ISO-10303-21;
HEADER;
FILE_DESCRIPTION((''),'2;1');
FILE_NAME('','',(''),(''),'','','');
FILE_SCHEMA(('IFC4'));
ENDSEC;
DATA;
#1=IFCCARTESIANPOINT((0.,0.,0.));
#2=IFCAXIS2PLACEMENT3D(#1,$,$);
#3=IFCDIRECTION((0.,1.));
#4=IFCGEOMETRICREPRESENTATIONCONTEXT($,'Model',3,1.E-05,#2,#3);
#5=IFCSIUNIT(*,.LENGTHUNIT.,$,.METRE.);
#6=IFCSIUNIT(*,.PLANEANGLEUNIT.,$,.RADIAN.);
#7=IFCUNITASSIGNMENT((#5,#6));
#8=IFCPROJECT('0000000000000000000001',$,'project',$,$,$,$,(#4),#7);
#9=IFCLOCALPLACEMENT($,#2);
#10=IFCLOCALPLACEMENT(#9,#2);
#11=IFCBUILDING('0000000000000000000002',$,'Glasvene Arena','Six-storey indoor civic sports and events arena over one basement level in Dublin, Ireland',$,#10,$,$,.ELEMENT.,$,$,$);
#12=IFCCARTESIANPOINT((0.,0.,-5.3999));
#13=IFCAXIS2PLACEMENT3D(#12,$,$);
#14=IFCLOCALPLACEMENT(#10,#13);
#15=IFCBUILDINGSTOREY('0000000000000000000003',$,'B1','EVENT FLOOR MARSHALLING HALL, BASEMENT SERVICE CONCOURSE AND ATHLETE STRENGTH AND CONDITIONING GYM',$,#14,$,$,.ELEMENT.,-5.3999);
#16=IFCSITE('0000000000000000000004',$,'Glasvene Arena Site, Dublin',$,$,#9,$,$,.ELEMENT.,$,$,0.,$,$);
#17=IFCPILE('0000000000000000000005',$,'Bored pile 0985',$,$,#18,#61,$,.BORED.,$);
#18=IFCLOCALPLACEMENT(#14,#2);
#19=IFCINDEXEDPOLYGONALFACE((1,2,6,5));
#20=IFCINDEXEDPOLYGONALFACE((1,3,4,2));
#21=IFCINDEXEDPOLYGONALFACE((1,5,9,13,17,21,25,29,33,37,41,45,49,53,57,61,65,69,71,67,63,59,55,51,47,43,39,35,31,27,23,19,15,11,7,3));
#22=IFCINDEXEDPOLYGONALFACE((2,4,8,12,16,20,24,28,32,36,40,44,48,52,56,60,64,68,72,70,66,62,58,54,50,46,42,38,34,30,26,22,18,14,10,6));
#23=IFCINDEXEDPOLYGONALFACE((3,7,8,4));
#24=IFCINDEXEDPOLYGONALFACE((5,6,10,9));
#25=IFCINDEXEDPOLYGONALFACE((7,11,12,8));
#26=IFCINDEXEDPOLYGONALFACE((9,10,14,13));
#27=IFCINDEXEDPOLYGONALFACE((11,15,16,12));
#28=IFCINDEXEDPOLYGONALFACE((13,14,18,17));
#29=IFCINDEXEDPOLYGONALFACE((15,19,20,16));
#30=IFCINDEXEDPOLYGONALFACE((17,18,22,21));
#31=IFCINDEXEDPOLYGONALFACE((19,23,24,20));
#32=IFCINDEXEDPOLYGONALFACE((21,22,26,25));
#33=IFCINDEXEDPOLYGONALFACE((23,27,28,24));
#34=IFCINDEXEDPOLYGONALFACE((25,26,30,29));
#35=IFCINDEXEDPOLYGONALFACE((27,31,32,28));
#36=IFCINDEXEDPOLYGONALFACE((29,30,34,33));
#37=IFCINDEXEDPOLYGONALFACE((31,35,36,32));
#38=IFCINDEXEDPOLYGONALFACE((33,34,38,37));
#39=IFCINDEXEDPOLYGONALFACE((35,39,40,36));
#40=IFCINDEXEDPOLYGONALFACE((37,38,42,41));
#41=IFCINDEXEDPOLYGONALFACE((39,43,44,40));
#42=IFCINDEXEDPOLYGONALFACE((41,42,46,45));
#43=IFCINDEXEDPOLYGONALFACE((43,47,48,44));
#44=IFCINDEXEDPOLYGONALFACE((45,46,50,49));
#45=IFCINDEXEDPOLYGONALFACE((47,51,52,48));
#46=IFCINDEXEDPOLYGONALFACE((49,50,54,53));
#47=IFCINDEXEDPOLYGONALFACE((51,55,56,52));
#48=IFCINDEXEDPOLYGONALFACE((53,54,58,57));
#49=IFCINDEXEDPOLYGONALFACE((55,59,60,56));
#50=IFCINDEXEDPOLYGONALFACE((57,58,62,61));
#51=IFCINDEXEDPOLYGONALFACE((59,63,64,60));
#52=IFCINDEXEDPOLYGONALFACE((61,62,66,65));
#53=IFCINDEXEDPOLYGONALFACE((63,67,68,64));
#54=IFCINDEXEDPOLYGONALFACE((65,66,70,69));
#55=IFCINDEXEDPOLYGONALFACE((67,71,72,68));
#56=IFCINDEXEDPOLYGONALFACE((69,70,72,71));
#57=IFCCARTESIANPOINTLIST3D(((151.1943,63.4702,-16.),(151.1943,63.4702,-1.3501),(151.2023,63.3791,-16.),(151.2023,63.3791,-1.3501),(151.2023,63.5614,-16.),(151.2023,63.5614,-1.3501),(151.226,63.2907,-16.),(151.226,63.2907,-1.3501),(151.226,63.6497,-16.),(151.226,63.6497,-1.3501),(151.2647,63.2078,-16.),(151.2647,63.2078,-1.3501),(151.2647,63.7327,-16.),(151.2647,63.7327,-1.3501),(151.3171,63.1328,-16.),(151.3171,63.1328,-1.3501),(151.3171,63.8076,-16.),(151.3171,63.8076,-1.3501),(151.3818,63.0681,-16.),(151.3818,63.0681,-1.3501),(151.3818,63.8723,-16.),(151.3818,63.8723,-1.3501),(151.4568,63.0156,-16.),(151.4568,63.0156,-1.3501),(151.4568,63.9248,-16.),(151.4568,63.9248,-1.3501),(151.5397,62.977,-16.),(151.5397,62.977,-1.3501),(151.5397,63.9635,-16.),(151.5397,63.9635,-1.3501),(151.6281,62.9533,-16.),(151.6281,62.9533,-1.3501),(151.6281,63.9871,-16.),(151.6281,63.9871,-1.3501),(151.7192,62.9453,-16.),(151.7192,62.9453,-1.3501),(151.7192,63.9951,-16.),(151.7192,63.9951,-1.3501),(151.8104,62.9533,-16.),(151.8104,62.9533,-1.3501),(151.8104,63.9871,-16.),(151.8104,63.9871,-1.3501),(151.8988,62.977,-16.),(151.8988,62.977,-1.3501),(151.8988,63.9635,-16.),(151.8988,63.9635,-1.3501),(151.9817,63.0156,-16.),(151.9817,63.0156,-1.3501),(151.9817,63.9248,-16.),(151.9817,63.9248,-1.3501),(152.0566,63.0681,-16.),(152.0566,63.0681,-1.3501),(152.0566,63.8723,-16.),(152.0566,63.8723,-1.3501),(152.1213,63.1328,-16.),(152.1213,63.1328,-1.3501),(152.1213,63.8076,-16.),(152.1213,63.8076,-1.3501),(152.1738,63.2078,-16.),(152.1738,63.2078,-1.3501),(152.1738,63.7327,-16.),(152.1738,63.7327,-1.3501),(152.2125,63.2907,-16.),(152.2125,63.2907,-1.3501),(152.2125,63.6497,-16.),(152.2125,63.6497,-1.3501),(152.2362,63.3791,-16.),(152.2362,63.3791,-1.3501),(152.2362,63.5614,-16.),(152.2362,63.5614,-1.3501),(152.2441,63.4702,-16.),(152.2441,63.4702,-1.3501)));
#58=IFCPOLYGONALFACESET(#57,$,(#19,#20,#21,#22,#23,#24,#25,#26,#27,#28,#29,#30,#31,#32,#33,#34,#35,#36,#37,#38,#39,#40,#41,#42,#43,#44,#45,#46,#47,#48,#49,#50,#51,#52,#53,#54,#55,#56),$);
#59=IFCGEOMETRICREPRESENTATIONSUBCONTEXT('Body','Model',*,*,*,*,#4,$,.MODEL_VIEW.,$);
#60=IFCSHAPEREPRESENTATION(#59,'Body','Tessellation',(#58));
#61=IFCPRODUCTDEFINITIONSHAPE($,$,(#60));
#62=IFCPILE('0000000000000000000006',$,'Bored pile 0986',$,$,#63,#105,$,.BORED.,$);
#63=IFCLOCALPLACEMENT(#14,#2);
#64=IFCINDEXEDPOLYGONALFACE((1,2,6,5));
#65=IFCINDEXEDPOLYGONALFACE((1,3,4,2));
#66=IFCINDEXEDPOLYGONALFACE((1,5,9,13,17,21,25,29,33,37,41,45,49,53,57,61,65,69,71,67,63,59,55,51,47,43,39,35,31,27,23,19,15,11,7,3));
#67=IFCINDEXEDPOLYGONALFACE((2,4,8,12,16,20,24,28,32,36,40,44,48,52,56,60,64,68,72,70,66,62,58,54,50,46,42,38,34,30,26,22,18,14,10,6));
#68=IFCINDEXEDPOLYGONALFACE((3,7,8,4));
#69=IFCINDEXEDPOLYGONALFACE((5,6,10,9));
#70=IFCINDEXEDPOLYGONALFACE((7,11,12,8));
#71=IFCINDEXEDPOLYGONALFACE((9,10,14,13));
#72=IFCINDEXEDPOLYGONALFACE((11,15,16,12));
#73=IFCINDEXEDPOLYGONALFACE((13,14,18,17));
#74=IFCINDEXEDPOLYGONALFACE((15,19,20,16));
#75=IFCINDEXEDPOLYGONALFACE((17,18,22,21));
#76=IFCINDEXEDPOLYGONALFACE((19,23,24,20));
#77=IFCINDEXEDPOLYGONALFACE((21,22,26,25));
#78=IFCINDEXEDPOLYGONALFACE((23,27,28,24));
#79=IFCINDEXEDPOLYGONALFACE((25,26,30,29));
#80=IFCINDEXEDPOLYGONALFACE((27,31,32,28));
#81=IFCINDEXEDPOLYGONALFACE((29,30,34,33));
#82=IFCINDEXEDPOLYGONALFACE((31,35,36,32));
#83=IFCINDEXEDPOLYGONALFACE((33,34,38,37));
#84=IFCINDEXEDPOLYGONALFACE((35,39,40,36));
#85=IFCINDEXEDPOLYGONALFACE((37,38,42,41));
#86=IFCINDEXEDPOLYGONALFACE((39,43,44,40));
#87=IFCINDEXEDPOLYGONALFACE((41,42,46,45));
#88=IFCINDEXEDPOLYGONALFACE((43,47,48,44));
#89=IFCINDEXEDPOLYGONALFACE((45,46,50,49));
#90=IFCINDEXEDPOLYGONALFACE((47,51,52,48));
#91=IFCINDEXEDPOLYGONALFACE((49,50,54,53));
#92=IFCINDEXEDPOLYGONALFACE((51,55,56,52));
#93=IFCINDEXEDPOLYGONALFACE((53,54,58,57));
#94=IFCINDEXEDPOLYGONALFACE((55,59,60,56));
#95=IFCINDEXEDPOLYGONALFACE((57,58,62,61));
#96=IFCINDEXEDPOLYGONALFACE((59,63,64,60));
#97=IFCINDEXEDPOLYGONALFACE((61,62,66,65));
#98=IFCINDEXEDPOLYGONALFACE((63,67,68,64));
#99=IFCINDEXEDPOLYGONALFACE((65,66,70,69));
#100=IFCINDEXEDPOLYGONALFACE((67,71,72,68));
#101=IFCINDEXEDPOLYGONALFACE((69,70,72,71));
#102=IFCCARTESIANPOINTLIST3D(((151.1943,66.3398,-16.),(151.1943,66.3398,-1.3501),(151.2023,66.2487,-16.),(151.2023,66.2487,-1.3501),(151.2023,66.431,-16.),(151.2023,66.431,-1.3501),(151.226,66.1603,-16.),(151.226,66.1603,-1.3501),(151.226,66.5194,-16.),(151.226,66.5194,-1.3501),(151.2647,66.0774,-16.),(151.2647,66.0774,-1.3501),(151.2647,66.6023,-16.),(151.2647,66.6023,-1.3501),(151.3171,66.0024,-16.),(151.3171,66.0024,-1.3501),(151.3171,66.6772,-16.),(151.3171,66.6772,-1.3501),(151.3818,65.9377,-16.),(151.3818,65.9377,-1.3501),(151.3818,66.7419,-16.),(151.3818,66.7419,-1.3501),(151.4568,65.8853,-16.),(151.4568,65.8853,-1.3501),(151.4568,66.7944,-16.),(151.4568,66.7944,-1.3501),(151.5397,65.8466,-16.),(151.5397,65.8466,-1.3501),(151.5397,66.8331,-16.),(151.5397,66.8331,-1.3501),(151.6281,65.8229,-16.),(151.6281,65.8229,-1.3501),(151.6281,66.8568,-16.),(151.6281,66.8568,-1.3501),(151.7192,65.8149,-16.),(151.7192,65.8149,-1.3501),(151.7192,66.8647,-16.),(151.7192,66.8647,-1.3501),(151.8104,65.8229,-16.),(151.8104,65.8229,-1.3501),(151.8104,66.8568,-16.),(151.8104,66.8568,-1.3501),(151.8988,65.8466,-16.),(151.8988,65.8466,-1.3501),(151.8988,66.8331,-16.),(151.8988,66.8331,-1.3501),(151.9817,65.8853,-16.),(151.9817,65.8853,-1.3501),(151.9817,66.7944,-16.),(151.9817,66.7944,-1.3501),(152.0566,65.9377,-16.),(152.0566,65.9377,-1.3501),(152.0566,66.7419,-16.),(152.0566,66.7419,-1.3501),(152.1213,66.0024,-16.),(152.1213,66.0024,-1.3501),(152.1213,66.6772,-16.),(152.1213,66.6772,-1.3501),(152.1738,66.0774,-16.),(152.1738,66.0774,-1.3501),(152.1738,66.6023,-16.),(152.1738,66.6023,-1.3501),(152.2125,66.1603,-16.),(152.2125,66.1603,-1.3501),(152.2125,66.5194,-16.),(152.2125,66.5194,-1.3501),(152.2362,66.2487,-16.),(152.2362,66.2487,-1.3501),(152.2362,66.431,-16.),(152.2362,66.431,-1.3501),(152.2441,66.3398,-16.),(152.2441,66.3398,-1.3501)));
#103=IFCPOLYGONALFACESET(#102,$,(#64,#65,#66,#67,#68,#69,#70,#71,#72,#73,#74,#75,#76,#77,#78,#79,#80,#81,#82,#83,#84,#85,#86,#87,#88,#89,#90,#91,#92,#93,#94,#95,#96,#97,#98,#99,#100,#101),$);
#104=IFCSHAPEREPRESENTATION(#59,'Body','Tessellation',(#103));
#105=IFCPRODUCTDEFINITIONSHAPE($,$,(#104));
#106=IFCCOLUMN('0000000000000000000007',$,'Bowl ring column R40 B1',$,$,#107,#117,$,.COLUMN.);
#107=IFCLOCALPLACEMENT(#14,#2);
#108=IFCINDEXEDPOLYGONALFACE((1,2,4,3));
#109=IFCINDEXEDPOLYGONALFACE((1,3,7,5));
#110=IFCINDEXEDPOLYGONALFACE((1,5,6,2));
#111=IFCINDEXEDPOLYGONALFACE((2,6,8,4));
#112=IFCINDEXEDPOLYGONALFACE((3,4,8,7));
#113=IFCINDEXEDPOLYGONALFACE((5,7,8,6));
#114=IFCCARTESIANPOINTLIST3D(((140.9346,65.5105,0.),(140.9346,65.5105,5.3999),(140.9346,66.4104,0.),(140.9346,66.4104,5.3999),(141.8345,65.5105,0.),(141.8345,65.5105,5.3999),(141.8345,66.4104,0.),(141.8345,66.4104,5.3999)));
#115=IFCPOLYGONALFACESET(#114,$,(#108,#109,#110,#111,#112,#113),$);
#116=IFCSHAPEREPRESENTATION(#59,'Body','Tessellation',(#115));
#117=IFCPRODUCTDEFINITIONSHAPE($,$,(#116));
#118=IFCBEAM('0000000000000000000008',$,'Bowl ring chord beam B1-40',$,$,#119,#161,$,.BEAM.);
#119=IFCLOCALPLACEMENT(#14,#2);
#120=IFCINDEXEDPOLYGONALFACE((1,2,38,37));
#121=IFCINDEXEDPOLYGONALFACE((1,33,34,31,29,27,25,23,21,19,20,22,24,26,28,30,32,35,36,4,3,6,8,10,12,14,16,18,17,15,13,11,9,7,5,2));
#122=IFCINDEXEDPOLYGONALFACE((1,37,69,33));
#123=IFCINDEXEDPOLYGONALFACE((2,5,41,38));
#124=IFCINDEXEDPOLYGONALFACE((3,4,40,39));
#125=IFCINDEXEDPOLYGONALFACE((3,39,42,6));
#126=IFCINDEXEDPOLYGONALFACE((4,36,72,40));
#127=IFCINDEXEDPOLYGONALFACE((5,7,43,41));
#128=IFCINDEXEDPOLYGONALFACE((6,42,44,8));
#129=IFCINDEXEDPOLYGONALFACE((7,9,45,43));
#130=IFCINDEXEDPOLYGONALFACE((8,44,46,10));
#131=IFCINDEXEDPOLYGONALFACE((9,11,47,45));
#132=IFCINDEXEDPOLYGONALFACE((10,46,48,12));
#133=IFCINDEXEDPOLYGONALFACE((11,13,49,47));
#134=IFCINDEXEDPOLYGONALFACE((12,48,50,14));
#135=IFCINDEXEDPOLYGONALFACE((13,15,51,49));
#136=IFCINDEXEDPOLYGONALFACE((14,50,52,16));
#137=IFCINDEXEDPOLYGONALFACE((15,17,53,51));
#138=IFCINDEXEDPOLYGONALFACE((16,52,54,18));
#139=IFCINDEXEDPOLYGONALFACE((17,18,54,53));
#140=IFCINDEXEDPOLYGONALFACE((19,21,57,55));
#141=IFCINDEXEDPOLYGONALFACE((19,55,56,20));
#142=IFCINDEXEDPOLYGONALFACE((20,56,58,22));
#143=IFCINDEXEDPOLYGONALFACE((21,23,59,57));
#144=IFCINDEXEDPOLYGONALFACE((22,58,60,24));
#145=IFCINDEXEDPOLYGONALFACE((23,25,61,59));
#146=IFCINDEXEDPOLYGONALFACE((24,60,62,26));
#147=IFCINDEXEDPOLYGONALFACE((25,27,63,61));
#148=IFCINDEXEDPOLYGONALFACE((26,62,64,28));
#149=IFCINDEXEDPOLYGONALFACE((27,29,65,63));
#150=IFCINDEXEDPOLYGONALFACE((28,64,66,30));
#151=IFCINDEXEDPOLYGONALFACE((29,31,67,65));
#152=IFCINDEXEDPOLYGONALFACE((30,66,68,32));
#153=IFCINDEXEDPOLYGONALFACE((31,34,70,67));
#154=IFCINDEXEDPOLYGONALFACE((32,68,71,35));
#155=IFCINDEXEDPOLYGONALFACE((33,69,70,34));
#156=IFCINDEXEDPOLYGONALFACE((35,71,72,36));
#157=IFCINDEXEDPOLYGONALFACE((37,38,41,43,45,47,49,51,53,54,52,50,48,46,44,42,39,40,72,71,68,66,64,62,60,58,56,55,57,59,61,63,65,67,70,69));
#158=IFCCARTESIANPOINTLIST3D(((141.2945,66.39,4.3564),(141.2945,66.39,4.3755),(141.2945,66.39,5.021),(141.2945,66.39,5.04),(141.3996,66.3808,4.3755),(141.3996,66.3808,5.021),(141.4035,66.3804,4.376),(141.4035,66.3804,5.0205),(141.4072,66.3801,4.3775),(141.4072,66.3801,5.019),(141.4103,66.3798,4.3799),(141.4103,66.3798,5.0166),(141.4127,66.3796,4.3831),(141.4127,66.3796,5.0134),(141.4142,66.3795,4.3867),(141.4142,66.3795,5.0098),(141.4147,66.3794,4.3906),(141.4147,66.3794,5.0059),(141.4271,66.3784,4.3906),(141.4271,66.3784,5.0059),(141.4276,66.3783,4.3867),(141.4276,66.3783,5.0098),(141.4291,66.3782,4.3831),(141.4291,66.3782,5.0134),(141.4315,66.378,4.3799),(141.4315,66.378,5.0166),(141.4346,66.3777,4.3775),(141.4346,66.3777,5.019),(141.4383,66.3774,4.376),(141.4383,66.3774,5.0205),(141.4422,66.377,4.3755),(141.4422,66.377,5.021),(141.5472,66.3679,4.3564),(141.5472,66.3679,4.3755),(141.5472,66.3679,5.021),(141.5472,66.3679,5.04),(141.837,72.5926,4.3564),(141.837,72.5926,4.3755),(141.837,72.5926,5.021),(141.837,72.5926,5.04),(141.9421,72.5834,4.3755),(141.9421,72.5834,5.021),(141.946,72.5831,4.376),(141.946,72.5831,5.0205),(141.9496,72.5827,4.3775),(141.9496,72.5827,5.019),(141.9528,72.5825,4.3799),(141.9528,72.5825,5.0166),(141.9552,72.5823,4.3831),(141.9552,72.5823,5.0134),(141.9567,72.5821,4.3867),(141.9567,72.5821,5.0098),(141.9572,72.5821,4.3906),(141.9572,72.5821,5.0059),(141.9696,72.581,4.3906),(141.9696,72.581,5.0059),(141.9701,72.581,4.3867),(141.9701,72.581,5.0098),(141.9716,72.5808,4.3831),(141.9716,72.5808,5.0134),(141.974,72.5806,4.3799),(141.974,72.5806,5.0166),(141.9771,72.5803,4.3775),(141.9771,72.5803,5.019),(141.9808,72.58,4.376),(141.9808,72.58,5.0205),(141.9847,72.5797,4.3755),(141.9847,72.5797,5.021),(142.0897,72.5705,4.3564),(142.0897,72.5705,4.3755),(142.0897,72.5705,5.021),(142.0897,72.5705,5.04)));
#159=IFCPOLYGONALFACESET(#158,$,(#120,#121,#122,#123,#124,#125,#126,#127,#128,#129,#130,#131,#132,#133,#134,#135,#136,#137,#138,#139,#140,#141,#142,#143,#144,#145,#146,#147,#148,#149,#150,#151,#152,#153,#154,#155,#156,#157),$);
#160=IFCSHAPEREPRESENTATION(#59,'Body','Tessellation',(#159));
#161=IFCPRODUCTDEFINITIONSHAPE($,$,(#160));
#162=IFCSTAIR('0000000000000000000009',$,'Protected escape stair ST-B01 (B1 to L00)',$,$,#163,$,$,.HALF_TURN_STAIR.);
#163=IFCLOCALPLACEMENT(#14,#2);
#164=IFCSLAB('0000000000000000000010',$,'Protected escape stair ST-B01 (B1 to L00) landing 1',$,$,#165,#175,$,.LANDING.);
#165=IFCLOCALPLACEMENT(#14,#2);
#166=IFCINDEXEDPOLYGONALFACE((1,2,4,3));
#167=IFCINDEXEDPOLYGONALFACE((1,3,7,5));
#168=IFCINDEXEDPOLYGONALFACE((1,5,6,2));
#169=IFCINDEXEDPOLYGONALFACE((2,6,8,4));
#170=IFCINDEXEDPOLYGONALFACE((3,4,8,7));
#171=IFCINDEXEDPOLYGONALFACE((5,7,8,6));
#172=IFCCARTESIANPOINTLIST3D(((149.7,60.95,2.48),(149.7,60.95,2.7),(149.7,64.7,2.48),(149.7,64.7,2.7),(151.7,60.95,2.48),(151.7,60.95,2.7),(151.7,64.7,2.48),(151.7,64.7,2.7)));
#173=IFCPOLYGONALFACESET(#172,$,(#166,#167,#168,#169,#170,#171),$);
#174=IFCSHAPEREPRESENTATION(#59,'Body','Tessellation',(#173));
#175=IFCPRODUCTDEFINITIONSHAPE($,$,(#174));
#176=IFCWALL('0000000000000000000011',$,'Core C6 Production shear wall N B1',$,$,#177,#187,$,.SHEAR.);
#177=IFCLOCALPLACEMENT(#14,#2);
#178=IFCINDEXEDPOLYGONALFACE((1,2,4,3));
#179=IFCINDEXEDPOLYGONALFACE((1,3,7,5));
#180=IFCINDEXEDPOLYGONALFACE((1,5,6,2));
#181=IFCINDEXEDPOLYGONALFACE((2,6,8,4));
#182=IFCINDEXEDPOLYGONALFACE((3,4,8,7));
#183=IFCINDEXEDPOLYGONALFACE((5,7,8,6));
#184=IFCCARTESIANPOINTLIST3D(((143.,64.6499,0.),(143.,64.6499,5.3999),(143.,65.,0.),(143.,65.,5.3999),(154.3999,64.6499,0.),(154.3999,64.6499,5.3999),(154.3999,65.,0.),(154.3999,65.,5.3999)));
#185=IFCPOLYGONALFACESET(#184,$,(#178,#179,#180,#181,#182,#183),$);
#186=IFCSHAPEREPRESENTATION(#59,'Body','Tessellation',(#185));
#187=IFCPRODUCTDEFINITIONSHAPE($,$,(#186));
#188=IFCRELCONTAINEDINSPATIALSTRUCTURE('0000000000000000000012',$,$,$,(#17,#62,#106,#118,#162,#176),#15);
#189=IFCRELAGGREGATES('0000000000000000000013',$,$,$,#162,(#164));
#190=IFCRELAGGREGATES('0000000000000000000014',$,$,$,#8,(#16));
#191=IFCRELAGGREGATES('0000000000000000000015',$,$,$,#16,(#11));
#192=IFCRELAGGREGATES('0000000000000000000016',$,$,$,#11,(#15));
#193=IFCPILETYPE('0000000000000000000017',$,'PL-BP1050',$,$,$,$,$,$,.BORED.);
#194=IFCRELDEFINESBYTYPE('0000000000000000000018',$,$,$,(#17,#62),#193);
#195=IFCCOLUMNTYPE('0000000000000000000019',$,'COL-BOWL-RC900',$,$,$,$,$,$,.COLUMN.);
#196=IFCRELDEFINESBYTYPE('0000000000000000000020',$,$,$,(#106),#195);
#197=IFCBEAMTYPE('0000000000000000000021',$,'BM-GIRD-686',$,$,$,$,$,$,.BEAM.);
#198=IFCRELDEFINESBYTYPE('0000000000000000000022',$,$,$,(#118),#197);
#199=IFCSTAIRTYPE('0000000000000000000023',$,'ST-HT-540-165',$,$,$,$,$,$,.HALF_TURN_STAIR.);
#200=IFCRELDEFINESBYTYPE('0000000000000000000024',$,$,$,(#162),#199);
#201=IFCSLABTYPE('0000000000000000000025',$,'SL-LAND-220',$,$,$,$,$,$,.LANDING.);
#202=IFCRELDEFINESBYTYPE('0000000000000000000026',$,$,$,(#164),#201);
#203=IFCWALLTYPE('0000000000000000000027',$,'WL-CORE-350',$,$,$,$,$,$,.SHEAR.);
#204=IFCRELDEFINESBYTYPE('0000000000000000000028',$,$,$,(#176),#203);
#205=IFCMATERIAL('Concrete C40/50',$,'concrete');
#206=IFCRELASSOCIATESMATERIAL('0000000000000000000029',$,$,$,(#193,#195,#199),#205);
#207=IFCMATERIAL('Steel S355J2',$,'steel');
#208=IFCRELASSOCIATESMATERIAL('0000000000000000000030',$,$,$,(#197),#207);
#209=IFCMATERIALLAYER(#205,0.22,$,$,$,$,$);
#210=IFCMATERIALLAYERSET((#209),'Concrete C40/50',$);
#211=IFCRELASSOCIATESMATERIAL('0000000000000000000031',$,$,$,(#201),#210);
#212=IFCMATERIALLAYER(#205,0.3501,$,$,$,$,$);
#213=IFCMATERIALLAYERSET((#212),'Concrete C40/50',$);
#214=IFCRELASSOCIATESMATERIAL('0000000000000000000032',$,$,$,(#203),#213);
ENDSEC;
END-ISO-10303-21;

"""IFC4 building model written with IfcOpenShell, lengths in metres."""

from ifc_helpers import new_model, si_unit, direction, frame, frame_2d, origin, origin_2d, place, context, subcontext, project, spatial, polyline, rectangle, circle, i_section, outline, extrude, material, layer, layer_set, material_profile, profile_set, type_object, element, aggregate, save


model = new_model("IFC4")

# Units and contexts
model_context = context("Model", 3, precision=1e-05, world=origin(), true_north=direction((0.0, 1.0)))
body_context = subcontext(model_context, "Body", "Model", "MODEL_VIEW")
ifc_project = project(units=[si_unit("LENGTHUNIT", "METRE"), si_unit("PLANEANGLEUNIT", "RADIAN")], contexts=[model_context])

# Site, building, storey
site_placement = place(None, origin())
site = spatial("IfcSite", under=ifc_project, at=site_placement, Name="Glasvene Arena Site, Dublin", CompositionType="ELEMENT", RefElevation=0.0)
building_placement = place(site_placement, origin())
building = spatial("IfcBuilding", under=site, at=building_placement, Name="Glasvene Arena", Description="Six-storey indoor civic sports and events arena over one basement level in Dublin, Ireland", CompositionType="ELEMENT")
storey_placement = place(building_placement, frame((0.0, 0.0, -5.3999)))
storey = spatial("IfcBuildingStorey", under=building, at=storey_placement, Name="B1", Description="EVENT FLOOR MARSHALLING HALL, BASEMENT SERVICE CONCOURSE AND ATHLETE STRENGTH AND CONDITIONING GYM", CompositionType="ELEMENT", Elevation=-5.3999)

# Piles
ifc_material_1 = material(Name="Concrete C40/50", Category="concrete")
ifc_material_profile_1 = material_profile(ifc_material_1, circle(Radius=0.5249, at=origin_2d()), Name="BORED PILE 1050")
ifc_profile_set_1 = profile_set([ifc_material_profile_1], Name="Concrete C40/50")
pile_type = type_object("IfcPileType", Name="PL-BP1050", PredefinedType="BORED", material=ifc_profile_set_1)
for number, where, z_axis, x_axis, name in (
    (1, (151.7192, 63.4702, -1.3501), (0.0, 0.0, -1.0), (1.0, 0.0, 0.0), "Bored pile 0985"),
    (2, (151.7192, 66.3398, -1.3501), (0.0, 0.0, -1.0), (1.0, 0.0, 0.0), "Bored pile 0986"),
):
    element("IfcPile", number, at=place(storey_placement, frame(where, z_axis=z_axis, x_axis=x_axis)), inside=storey, type_object=pile_type, Name=name, PredefinedType="BORED", context=body_context, shape_type="SweptSolid", body=[
        extrude(circle(Radius=0.5249, at=origin_2d()), origin(), (0.0, 0.0, 1.0), 14.6499),
    ])

# Column
ifc_material_profile_2 = material_profile(ifc_material_1, rectangle(XDim=0.8999, YDim=0.8999, at=origin_2d()), Name="RC 900x900")
ifc_profile_set_2 = profile_set([ifc_material_profile_2], Name="Concrete C40/50")
column_type = type_object("IfcColumnType", Name="COL-BOWL-RC900", PredefinedType="COLUMN", material=ifc_profile_set_2)
column_placement = place(storey_placement, frame((141.3845, 65.9604, 0.0), z_axis=(0.0, 0.0, 1.0), x_axis=(1.0, 0.0, 0.0)))
element("IfcColumn", 3, at=column_placement, inside=storey, type_object=column_type, Name="Bowl ring column R40 B1", PredefinedType="COLUMN", context=body_context, shape_type="SweptSolid", body=[
    extrude(rectangle(XDim=0.8999, YDim=0.8999, at=origin_2d()), origin(), (0.0, 0.0, 1.0), 5.3999),
])

# Beam
ifc_material_2 = material(Name="Steel S355J2", Category="steel")
ifc_material_profile_3 = material_profile(ifc_material_2, i_section(OverallWidth=0.2537, OverallDepth=0.6836, WebThickness=0.0125, FlangeThickness=0.019, FilletRadius=0.0151, at=origin_2d()), Name="UKB 686x254x140")
ifc_profile_set_3 = profile_set([ifc_material_profile_3], Name="Steel S355J2")
beam_type = type_object("IfcBeamType", Name="BM-GIRD-686", PredefinedType="BEAM", material=ifc_profile_set_3)
beam_placement = place(storey_placement, frame((141.4209, 66.3789, 4.6982), z_axis=(0.087127, 0.996197, 0.0), x_axis=(-0.996197, 0.087127, 0.0)))
element("IfcBeam", 4, at=beam_placement, inside=storey, type_object=beam_type, Name="Bowl ring chord beam B1-40", PredefinedType="BEAM", context=body_context, shape_type="SweptSolid", body=[
    extrude(i_section(OverallWidth=0.2537, OverallDepth=0.6836, WebThickness=0.0125, FlangeThickness=0.019, FilletRadius=0.0151, at=origin_2d()), origin(), (0.0, 0.0, 1.0), 6.2263),
])

# Stair, slab
stair_type = type_object("IfcStairType", Name="ST-HT-540-165", PredefinedType="HALF_TURN_STAIR", material=ifc_material_1)
stair_1_placement = place(storey_placement, origin())
stair_1 = element("IfcStair", 5, at=stair_1_placement, inside=storey, type_object=stair_type, Name="Protected escape stair ST-B01 (B1 to L00)", PredefinedType="HALF_TURN_STAIR")
ifc_layer_1 = layer(ifc_material_1, 0.22)
ifc_layer_set_1 = layer_set([ifc_layer_1], Name="Concrete C40/50")
slab_type = type_object("IfcSlabType", Name="SL-LAND-220", PredefinedType="LANDING", material=ifc_layer_set_1)
slab_placement = place(storey_placement, frame((150.7, 62.825, 2.48)))
slab = element("IfcSlab", 6, at=slab_placement, type_object=slab_type, Name="Protected escape stair ST-B01 (B1 to L00) landing 1", PredefinedType="LANDING", context=body_context, shape_type="SweptSolid", body=[
    extrude(outline(polyline([(-1.0, -1.875), (1.0, -1.875), (1.0, 1.875), (-1.0, 1.875), (-1.0, -1.875)])), origin(), (0.0, 0.0, 1.0), 0.22),
])

# Wall
ifc_layer_2 = layer(ifc_material_1, 0.3501)
ifc_layer_set_2 = layer_set([ifc_layer_2], Name="Concrete C40/50")
wall_type_1 = type_object("IfcWallType", Name="WL-CORE-350", PredefinedType="SHEAR", material=ifc_layer_set_2)
wall_1_placement = place(storey_placement, frame((143.0, 64.825, 0.0), z_axis=(0.0, 0.0, 1.0), x_axis=(1.0, 0.0, 0.0)))
element("IfcWall", 7, at=wall_1_placement, inside=storey, type_object=wall_type_1, Name="Core C6 Production shear wall N B1", PredefinedType="SHEAR", context=body_context, shape_type="SweptSolid", body=[
    extrude(rectangle(XDim=11.3999, YDim=0.3501, at=frame_2d((5.7, 0.0))), origin(), (0.0, 0.0, 1.0), 5.3999),
])

aggregate(stair_1, [slab])

save(model, "model.ifc")
